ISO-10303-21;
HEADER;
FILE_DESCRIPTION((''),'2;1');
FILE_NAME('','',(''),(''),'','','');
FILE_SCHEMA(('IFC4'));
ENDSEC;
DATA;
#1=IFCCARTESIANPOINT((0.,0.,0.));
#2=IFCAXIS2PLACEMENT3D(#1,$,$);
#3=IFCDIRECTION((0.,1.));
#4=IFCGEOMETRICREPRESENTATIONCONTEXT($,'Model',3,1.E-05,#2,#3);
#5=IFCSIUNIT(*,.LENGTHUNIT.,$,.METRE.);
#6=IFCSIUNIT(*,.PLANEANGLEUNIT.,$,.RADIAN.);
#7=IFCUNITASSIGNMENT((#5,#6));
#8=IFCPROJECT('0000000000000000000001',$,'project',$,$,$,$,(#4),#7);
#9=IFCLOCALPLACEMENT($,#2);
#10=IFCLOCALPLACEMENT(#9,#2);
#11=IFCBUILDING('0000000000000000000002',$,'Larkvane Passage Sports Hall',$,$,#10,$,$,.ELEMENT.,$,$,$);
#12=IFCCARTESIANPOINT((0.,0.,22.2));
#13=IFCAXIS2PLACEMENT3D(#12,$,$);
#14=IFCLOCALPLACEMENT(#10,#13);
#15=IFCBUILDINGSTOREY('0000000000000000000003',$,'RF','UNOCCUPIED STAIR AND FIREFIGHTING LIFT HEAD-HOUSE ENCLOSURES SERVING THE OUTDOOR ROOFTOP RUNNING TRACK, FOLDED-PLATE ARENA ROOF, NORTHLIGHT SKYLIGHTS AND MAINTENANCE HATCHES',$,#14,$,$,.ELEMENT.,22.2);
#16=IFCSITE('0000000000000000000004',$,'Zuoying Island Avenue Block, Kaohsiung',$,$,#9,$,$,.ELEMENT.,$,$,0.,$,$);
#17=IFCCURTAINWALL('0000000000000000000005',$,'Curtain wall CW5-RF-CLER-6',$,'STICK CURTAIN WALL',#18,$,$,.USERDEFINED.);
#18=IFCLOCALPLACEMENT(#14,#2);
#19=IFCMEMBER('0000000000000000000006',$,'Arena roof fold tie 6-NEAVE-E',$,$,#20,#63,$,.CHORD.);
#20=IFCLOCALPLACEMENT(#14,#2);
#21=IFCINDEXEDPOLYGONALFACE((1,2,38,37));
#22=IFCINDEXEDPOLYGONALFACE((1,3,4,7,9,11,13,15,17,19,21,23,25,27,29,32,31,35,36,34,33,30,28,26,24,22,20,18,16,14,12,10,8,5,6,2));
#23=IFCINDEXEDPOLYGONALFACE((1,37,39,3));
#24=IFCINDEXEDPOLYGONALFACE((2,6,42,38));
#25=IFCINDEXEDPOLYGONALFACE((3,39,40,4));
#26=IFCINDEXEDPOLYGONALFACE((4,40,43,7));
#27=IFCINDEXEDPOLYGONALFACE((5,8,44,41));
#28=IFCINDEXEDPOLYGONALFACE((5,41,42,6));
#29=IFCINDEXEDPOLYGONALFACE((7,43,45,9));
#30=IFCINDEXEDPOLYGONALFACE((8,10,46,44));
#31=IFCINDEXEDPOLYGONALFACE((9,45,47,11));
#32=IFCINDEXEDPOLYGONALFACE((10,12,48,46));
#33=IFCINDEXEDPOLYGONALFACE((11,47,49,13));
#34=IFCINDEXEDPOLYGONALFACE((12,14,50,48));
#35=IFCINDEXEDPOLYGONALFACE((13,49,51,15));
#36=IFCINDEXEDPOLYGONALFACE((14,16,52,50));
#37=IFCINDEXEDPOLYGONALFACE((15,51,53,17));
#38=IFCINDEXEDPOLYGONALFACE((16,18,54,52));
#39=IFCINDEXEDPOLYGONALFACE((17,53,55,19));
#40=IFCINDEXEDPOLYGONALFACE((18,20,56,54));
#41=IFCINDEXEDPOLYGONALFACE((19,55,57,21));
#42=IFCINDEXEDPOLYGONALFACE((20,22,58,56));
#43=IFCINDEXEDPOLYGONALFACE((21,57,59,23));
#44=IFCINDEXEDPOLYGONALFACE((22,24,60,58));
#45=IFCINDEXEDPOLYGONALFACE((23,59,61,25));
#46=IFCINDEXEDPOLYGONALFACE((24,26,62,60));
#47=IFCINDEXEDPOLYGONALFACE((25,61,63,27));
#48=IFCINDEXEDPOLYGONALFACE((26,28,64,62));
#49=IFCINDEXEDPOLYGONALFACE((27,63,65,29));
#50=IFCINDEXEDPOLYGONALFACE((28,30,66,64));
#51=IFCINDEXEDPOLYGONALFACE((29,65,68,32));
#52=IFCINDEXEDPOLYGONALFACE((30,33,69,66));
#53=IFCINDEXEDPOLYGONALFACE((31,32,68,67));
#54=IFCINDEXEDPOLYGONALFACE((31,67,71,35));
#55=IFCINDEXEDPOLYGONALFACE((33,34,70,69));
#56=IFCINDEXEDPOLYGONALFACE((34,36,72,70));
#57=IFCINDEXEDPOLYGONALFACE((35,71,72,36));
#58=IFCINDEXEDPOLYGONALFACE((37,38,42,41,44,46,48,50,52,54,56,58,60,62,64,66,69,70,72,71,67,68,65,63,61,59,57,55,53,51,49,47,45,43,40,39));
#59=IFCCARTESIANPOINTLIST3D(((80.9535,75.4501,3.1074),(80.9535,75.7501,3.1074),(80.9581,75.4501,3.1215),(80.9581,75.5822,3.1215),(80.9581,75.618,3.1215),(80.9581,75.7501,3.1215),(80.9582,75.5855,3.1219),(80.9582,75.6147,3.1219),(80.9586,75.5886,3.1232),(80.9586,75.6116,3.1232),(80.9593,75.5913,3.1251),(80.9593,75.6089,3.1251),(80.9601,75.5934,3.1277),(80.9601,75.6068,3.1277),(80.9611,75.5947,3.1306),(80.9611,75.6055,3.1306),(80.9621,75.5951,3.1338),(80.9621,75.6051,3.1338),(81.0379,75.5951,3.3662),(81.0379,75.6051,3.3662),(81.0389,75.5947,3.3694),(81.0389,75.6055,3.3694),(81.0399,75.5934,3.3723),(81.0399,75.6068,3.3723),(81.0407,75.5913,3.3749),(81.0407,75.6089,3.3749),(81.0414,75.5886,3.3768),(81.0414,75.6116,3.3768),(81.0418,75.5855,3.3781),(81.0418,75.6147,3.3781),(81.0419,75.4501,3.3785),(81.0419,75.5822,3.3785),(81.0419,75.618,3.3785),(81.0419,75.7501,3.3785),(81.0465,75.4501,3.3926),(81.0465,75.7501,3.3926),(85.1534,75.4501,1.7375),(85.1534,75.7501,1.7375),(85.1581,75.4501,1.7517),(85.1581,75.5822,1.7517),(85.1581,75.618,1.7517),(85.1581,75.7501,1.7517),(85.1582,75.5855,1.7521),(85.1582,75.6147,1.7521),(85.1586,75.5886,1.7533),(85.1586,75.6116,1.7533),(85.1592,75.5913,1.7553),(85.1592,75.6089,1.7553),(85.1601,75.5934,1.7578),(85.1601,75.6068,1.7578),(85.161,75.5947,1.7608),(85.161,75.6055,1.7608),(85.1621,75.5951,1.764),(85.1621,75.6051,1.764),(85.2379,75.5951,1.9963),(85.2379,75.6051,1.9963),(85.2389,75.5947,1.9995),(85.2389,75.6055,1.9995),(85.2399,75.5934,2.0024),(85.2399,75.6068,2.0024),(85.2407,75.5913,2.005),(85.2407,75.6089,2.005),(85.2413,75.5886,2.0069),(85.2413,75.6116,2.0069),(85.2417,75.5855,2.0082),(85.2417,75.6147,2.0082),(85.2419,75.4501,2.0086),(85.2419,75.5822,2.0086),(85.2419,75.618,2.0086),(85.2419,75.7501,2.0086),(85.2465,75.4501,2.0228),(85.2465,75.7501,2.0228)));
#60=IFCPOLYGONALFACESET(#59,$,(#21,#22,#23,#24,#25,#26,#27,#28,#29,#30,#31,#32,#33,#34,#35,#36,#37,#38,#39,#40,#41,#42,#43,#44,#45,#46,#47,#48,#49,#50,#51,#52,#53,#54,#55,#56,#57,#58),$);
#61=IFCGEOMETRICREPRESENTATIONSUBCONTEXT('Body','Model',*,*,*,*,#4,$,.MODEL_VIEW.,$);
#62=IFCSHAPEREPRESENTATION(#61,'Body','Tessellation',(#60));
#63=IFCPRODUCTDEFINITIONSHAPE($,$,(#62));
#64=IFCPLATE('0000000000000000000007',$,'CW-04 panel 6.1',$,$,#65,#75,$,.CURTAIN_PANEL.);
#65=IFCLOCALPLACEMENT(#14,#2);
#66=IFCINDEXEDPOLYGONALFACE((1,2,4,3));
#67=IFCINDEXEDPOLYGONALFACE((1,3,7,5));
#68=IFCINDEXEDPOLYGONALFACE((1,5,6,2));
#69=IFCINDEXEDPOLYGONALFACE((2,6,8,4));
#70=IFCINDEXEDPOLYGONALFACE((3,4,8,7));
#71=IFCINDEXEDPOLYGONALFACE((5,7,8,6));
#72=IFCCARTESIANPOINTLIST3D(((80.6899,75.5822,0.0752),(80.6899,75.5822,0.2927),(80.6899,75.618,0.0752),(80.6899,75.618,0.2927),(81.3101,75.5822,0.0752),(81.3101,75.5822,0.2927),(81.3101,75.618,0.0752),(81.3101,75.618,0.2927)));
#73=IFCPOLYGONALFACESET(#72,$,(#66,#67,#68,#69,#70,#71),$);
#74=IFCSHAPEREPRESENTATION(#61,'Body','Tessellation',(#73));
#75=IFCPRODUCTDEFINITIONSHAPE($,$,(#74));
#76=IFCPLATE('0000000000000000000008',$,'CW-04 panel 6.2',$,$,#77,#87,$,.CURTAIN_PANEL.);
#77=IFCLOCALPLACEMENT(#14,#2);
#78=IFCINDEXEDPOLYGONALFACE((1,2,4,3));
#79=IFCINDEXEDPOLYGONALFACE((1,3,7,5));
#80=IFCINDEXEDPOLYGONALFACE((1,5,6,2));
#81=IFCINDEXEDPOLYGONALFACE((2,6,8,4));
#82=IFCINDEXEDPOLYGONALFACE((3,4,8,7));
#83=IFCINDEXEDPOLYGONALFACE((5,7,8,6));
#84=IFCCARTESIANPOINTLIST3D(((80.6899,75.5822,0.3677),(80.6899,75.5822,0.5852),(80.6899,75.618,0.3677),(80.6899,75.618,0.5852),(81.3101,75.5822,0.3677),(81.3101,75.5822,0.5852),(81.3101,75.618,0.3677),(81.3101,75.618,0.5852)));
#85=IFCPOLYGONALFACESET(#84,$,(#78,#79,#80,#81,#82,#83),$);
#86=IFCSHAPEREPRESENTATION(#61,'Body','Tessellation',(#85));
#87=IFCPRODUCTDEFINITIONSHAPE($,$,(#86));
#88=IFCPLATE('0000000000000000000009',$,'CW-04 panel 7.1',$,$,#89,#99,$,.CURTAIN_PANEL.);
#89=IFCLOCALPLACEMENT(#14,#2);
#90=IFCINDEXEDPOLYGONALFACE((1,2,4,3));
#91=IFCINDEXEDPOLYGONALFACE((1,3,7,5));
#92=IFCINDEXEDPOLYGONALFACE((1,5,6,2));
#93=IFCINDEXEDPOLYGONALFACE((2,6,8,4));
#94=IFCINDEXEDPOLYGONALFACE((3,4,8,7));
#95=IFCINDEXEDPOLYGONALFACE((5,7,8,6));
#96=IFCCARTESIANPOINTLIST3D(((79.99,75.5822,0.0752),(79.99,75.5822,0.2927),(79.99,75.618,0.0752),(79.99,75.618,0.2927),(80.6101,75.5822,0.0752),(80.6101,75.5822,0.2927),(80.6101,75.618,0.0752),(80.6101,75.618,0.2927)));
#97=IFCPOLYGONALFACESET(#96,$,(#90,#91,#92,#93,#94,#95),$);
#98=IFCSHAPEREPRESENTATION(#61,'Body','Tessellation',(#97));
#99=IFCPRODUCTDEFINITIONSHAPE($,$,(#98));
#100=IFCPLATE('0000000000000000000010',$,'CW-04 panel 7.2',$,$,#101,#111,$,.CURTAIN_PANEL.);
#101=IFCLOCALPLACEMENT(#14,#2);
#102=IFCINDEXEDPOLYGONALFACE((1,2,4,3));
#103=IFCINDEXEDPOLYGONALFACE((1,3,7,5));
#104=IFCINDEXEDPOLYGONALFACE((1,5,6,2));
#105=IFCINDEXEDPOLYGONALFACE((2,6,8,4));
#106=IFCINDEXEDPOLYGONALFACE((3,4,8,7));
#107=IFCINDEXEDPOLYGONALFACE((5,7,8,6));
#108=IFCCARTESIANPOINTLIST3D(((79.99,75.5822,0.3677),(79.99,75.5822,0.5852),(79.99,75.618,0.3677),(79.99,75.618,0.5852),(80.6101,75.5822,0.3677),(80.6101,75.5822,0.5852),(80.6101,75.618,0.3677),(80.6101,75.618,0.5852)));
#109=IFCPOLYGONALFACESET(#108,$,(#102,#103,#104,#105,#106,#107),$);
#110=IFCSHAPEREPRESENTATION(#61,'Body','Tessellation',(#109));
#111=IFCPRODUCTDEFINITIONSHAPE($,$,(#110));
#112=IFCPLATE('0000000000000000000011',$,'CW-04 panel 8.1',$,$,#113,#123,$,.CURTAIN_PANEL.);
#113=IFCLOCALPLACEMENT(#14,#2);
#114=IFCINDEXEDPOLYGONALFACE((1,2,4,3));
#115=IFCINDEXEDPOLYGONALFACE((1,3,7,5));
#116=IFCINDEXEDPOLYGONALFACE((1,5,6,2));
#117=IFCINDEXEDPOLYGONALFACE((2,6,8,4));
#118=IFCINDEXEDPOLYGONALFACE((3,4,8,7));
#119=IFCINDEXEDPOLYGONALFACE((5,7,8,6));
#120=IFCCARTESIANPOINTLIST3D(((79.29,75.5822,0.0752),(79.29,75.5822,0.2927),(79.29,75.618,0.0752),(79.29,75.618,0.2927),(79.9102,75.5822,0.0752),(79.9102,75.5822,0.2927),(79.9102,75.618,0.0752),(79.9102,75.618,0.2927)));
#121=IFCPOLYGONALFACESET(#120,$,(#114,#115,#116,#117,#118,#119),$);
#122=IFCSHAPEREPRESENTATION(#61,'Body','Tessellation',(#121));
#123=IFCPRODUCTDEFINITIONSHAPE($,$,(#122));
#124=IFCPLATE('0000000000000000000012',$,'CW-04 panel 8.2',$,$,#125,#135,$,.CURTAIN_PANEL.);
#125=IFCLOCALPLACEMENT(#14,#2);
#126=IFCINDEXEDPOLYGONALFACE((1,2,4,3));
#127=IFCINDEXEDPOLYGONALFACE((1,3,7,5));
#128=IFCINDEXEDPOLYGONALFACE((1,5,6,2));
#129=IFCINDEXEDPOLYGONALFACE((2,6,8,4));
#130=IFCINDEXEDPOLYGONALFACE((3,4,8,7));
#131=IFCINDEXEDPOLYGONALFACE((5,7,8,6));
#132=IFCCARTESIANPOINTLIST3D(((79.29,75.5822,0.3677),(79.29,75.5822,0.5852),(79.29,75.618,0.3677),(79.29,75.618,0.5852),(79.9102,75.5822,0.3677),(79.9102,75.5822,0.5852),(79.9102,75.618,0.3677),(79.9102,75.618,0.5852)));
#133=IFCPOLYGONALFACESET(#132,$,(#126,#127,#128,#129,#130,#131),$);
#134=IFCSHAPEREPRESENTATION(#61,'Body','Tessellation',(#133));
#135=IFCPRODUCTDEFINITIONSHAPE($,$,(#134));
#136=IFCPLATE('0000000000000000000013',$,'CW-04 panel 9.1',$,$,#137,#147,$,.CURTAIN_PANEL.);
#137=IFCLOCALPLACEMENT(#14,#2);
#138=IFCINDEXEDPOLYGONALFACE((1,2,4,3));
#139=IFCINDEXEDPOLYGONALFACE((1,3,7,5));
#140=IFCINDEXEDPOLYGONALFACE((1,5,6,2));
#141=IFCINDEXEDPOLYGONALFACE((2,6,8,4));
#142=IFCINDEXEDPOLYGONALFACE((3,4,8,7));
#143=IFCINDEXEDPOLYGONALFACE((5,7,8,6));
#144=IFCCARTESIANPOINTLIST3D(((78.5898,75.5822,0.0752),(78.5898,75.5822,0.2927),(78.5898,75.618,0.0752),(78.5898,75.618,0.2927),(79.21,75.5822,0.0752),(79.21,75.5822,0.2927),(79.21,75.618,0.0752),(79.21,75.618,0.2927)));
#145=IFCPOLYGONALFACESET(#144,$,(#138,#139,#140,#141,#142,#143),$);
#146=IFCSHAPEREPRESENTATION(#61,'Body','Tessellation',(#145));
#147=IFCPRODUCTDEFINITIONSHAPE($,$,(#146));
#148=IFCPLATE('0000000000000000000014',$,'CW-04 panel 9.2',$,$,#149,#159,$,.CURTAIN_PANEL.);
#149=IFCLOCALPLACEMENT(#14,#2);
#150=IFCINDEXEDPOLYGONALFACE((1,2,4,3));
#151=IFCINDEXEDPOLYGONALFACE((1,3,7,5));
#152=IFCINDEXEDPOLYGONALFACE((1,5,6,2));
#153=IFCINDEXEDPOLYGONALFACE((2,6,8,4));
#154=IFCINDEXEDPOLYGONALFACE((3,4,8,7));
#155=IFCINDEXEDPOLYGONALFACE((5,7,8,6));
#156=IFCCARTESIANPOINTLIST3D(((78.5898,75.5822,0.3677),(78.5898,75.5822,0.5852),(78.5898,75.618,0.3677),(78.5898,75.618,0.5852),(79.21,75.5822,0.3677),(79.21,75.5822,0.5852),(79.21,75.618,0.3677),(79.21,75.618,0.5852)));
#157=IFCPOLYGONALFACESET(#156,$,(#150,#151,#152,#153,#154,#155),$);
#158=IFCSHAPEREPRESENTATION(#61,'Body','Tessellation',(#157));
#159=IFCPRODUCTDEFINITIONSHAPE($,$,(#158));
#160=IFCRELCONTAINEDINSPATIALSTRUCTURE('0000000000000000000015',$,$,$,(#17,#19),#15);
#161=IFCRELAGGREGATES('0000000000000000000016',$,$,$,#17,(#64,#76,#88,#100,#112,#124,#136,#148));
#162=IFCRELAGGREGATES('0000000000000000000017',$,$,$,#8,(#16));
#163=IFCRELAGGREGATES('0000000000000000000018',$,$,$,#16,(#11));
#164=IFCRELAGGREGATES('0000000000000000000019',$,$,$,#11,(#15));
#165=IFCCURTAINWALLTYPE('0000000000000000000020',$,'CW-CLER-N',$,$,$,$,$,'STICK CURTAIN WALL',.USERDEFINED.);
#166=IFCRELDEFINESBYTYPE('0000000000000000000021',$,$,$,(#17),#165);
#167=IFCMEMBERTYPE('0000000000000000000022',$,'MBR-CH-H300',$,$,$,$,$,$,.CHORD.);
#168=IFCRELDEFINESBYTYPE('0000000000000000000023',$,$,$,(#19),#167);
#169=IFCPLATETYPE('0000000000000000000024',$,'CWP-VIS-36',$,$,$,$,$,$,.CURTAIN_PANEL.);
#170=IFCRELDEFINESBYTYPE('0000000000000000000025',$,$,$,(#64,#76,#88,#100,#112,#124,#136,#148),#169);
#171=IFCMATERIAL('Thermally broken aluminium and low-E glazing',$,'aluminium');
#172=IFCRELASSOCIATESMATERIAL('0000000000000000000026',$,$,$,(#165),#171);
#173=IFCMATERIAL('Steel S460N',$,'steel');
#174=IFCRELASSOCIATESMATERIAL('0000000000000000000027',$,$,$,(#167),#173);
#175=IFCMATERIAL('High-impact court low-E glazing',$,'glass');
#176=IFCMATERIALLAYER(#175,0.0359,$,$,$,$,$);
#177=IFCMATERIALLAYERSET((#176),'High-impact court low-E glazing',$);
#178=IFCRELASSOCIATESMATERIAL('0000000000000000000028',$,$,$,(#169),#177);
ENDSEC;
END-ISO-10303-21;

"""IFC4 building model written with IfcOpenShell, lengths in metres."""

from ifc_helpers import new_model, si_unit, direction, frame, origin, origin_2d, place, context, subcontext, project, spatial, rectangle, i_section, extrude, material, layer, layer_set, material_profile, profile_set, type_object, element, aggregate, save


model = new_model("IFC4")

# Units and contexts
model_context = context("Model", 3, precision=1e-05, world=origin(), true_north=direction((0.0, 1.0)))
body_context = subcontext(model_context, "Body", "Model", "MODEL_VIEW")
ifc_project = project(units=[si_unit("LENGTHUNIT", "METRE"), si_unit("PLANEANGLEUNIT", "RADIAN")], contexts=[model_context])

# Site, building, storey
site_placement = place(None, origin())
site = spatial("IfcSite", under=ifc_project, at=site_placement, Name="Zuoying Island Avenue Block, Kaohsiung", CompositionType="ELEMENT", RefElevation=0.0)
building_placement = place(site_placement, origin())
building = spatial("IfcBuilding", under=site, at=building_placement, Name="Larkvane Passage Sports Hall", CompositionType="ELEMENT")
storey_placement = place(building_placement, frame((0.0, 0.0, 22.2)))
storey = spatial("IfcBuildingStorey", under=building, at=storey_placement, Name="RF", Description="UNOCCUPIED STAIR AND FIREFIGHTING LIFT HEAD-HOUSE ENCLOSURES SERVING THE OUTDOOR ROOFTOP RUNNING TRACK, FOLDED-PLATE ARENA ROOF, NORTHLIGHT SKYLIGHTS AND MAINTENANCE HATCHES", CompositionType="ELEMENT", Elevation=22.2)

# Curtain wall
ifc_material_1 = material(Name="Thermally broken aluminium and low-E glazing", Category="aluminium")
curtain_wall_type = type_object("IfcCurtainWallType", Name="CW-CLER-N", ElementType="STICK CURTAIN WALL", PredefinedType="USERDEFINED", material=ifc_material_1)
curtain_wall_placement = place(storey_placement, origin())
curtain_wall = element("IfcCurtainWall", 1, at=curtain_wall_placement, inside=storey, type_object=curtain_wall_type, Name="Curtain wall CW5-RF-CLER-6", ObjectType="STICK CURTAIN WALL", PredefinedType="USERDEFINED")

# Member
ifc_material_2 = material(Name="Steel S460N", Category="steel")
ifc_material_profile_1 = material_profile(ifc_material_2, i_section(OverallWidth=0.3, OverallDepth=0.3, WebThickness=0.01, FlangeThickness=0.0149, FilletRadius=0.0129, at=origin_2d()), Name="H-300x300x10x15")
ifc_profile_set_1 = profile_set([ifc_material_profile_1], Name="Steel S460N")
member_type_1 = type_object("IfcMemberType", Name="MBR-CH-H300", PredefinedType="CHORD", material=ifc_profile_set_1)
member_1_placement = place(storey_placement, frame((81.0, 75.6001, 3.25), z_axis=(0.950708, 0.0, -0.310087), x_axis=(0.0, 1.0, 0.0)))
element("IfcMember", 2, at=member_1_placement, inside=storey, type_object=member_type_1, Name="Arena roof fold tie 6-NEAVE-E", PredefinedType="CHORD", context=body_context, shape_type="SweptSolid", body=[
    extrude(i_section(OverallWidth=0.3, OverallDepth=0.3, WebThickness=0.01, FlangeThickness=0.0149, FilletRadius=0.0129, at=origin_2d()), origin(), (0.0, 0.0, 1.0), 4.4177),
])

# Plates
ifc_material_3 = material(Name="High-impact court low-E glazing", Category="glass")
ifc_layer = layer(ifc_material_3, 0.0359)
ifc_layer_set = layer_set([ifc_layer], Name="High-impact court low-E glazing")
plate_type = type_object("IfcPlateType", Name="CWP-VIS-36", PredefinedType="CURTAIN_PANEL", material=ifc_layer_set)
plate_1_placement = place(storey_placement, frame((81.0, 75.6001, 0.0752), z_axis=(0.0, 0.0, 1.0), x_axis=(-1.0, 0.0, 0.0)))
plate_1 = element("IfcPlate", 3, at=plate_1_placement, type_object=plate_type, Name="CW-04 panel 6.1", PredefinedType="CURTAIN_PANEL", context=body_context, shape_type="SweptSolid", body=[
    extrude(rectangle(XDim=0.6201, YDim=0.0359, at=origin_2d()), origin(), (0.0, 0.0, 1.0), 0.2175),
])
plate_2_placement = place(storey_placement, frame((81.0, 75.6001, 0.3677), z_axis=(0.0, 0.0, 1.0), x_axis=(-1.0, 0.0, 0.0)))
plate_2 = element("IfcPlate", 4, at=plate_2_placement, type_object=plate_type, Name="CW-04 panel 6.2", PredefinedType="CURTAIN_PANEL", context=body_context, shape_type="SweptSolid", body=[
    extrude(rectangle(XDim=0.6201, YDim=0.0359, at=origin_2d()), origin(), (0.0, 0.0, 1.0), 0.2175),
])
plate_3_placement = place(storey_placement, frame((80.3, 75.6001, 0.0752), z_axis=(0.0, 0.0, 1.0), x_axis=(-1.0, 0.0, 0.0)))
plate_3 = element("IfcPlate", 5, at=plate_3_placement, type_object=plate_type, Name="CW-04 panel 7.1", PredefinedType="CURTAIN_PANEL", context=body_context, shape_type="SweptSolid", body=[
    extrude(rectangle(XDim=0.6201, YDim=0.0359, at=origin_2d()), origin(), (0.0, 0.0, 1.0), 0.2175),
])
plate_4_placement = place(storey_placement, frame((80.3, 75.6001, 0.3677), z_axis=(0.0, 0.0, 1.0), x_axis=(-1.0, 0.0, 0.0)))
plate_4 = element("IfcPlate", 6, at=plate_4_placement, type_object=plate_type, Name="CW-04 panel 7.2", PredefinedType="CURTAIN_PANEL", context=body_context, shape_type="SweptSolid", body=[
    extrude(rectangle(XDim=0.6201, YDim=0.0359, at=origin_2d()), origin(), (0.0, 0.0, 1.0), 0.2175),
])
plate_5_placement = place(storey_placement, frame((79.6001, 75.6001, 0.0752), z_axis=(0.0, 0.0, 1.0), x_axis=(-1.0, 0.0, 0.0)))
plate_5 = element("IfcPlate", 7, at=plate_5_placement, type_object=plate_type, Name="CW-04 panel 8.1", PredefinedType="CURTAIN_PANEL", context=body_context, shape_type="SweptSolid", body=[
    extrude(rectangle(XDim=0.6201, YDim=0.0359, at=origin_2d()), origin(), (0.0, 0.0, 1.0), 0.2175),
])
plate_6_placement = place(storey_placement, frame((79.6001, 75.6001, 0.3677), z_axis=(0.0, 0.0, 1.0), x_axis=(-1.0, 0.0, 0.0)))
plate_6 = element("IfcPlate", 8, at=plate_6_placement, type_object=plate_type, Name="CW-04 panel 8.2", PredefinedType="CURTAIN_PANEL", context=body_context, shape_type="SweptSolid", body=[
    extrude(rectangle(XDim=0.6201, YDim=0.0359, at=origin_2d()), origin(), (0.0, 0.0, 1.0), 0.2175),
])
plate_7_placement = place(storey_placement, frame((78.8999, 75.6001, 0.0752), z_axis=(0.0, 0.0, 1.0), x_axis=(-1.0, 0.0, 0.0)))
plate_7 = element("IfcPlate", 9, at=plate_7_placement, type_object=plate_type, Name="CW-04 panel 9.1", PredefinedType="CURTAIN_PANEL", context=body_context, shape_type="SweptSolid", body=[
    extrude(rectangle(XDim=0.6201, YDim=0.0359, at=origin_2d()), origin(), (0.0, 0.0, 1.0), 0.2175),
])
plate_8_placement = place(storey_placement, frame((78.8999, 75.6001, 0.3677), z_axis=(0.0, 0.0, 1.0), x_axis=(-1.0, 0.0, 0.0)))
plate_8 = element("IfcPlate", 10, at=plate_8_placement, type_object=plate_type, Name="CW-04 panel 9.2", PredefinedType="CURTAIN_PANEL", context=body_context, shape_type="SweptSolid", body=[
    extrude(rectangle(XDim=0.6201, YDim=0.0359, at=origin_2d()), origin(), (0.0, 0.0, 1.0), 0.2175),
])
aggregate(curtain_wall, [plate_1, plate_2, plate_3, plate_4, plate_5, plate_6, plate_7, plate_8])

save(model, "model.ifc")
